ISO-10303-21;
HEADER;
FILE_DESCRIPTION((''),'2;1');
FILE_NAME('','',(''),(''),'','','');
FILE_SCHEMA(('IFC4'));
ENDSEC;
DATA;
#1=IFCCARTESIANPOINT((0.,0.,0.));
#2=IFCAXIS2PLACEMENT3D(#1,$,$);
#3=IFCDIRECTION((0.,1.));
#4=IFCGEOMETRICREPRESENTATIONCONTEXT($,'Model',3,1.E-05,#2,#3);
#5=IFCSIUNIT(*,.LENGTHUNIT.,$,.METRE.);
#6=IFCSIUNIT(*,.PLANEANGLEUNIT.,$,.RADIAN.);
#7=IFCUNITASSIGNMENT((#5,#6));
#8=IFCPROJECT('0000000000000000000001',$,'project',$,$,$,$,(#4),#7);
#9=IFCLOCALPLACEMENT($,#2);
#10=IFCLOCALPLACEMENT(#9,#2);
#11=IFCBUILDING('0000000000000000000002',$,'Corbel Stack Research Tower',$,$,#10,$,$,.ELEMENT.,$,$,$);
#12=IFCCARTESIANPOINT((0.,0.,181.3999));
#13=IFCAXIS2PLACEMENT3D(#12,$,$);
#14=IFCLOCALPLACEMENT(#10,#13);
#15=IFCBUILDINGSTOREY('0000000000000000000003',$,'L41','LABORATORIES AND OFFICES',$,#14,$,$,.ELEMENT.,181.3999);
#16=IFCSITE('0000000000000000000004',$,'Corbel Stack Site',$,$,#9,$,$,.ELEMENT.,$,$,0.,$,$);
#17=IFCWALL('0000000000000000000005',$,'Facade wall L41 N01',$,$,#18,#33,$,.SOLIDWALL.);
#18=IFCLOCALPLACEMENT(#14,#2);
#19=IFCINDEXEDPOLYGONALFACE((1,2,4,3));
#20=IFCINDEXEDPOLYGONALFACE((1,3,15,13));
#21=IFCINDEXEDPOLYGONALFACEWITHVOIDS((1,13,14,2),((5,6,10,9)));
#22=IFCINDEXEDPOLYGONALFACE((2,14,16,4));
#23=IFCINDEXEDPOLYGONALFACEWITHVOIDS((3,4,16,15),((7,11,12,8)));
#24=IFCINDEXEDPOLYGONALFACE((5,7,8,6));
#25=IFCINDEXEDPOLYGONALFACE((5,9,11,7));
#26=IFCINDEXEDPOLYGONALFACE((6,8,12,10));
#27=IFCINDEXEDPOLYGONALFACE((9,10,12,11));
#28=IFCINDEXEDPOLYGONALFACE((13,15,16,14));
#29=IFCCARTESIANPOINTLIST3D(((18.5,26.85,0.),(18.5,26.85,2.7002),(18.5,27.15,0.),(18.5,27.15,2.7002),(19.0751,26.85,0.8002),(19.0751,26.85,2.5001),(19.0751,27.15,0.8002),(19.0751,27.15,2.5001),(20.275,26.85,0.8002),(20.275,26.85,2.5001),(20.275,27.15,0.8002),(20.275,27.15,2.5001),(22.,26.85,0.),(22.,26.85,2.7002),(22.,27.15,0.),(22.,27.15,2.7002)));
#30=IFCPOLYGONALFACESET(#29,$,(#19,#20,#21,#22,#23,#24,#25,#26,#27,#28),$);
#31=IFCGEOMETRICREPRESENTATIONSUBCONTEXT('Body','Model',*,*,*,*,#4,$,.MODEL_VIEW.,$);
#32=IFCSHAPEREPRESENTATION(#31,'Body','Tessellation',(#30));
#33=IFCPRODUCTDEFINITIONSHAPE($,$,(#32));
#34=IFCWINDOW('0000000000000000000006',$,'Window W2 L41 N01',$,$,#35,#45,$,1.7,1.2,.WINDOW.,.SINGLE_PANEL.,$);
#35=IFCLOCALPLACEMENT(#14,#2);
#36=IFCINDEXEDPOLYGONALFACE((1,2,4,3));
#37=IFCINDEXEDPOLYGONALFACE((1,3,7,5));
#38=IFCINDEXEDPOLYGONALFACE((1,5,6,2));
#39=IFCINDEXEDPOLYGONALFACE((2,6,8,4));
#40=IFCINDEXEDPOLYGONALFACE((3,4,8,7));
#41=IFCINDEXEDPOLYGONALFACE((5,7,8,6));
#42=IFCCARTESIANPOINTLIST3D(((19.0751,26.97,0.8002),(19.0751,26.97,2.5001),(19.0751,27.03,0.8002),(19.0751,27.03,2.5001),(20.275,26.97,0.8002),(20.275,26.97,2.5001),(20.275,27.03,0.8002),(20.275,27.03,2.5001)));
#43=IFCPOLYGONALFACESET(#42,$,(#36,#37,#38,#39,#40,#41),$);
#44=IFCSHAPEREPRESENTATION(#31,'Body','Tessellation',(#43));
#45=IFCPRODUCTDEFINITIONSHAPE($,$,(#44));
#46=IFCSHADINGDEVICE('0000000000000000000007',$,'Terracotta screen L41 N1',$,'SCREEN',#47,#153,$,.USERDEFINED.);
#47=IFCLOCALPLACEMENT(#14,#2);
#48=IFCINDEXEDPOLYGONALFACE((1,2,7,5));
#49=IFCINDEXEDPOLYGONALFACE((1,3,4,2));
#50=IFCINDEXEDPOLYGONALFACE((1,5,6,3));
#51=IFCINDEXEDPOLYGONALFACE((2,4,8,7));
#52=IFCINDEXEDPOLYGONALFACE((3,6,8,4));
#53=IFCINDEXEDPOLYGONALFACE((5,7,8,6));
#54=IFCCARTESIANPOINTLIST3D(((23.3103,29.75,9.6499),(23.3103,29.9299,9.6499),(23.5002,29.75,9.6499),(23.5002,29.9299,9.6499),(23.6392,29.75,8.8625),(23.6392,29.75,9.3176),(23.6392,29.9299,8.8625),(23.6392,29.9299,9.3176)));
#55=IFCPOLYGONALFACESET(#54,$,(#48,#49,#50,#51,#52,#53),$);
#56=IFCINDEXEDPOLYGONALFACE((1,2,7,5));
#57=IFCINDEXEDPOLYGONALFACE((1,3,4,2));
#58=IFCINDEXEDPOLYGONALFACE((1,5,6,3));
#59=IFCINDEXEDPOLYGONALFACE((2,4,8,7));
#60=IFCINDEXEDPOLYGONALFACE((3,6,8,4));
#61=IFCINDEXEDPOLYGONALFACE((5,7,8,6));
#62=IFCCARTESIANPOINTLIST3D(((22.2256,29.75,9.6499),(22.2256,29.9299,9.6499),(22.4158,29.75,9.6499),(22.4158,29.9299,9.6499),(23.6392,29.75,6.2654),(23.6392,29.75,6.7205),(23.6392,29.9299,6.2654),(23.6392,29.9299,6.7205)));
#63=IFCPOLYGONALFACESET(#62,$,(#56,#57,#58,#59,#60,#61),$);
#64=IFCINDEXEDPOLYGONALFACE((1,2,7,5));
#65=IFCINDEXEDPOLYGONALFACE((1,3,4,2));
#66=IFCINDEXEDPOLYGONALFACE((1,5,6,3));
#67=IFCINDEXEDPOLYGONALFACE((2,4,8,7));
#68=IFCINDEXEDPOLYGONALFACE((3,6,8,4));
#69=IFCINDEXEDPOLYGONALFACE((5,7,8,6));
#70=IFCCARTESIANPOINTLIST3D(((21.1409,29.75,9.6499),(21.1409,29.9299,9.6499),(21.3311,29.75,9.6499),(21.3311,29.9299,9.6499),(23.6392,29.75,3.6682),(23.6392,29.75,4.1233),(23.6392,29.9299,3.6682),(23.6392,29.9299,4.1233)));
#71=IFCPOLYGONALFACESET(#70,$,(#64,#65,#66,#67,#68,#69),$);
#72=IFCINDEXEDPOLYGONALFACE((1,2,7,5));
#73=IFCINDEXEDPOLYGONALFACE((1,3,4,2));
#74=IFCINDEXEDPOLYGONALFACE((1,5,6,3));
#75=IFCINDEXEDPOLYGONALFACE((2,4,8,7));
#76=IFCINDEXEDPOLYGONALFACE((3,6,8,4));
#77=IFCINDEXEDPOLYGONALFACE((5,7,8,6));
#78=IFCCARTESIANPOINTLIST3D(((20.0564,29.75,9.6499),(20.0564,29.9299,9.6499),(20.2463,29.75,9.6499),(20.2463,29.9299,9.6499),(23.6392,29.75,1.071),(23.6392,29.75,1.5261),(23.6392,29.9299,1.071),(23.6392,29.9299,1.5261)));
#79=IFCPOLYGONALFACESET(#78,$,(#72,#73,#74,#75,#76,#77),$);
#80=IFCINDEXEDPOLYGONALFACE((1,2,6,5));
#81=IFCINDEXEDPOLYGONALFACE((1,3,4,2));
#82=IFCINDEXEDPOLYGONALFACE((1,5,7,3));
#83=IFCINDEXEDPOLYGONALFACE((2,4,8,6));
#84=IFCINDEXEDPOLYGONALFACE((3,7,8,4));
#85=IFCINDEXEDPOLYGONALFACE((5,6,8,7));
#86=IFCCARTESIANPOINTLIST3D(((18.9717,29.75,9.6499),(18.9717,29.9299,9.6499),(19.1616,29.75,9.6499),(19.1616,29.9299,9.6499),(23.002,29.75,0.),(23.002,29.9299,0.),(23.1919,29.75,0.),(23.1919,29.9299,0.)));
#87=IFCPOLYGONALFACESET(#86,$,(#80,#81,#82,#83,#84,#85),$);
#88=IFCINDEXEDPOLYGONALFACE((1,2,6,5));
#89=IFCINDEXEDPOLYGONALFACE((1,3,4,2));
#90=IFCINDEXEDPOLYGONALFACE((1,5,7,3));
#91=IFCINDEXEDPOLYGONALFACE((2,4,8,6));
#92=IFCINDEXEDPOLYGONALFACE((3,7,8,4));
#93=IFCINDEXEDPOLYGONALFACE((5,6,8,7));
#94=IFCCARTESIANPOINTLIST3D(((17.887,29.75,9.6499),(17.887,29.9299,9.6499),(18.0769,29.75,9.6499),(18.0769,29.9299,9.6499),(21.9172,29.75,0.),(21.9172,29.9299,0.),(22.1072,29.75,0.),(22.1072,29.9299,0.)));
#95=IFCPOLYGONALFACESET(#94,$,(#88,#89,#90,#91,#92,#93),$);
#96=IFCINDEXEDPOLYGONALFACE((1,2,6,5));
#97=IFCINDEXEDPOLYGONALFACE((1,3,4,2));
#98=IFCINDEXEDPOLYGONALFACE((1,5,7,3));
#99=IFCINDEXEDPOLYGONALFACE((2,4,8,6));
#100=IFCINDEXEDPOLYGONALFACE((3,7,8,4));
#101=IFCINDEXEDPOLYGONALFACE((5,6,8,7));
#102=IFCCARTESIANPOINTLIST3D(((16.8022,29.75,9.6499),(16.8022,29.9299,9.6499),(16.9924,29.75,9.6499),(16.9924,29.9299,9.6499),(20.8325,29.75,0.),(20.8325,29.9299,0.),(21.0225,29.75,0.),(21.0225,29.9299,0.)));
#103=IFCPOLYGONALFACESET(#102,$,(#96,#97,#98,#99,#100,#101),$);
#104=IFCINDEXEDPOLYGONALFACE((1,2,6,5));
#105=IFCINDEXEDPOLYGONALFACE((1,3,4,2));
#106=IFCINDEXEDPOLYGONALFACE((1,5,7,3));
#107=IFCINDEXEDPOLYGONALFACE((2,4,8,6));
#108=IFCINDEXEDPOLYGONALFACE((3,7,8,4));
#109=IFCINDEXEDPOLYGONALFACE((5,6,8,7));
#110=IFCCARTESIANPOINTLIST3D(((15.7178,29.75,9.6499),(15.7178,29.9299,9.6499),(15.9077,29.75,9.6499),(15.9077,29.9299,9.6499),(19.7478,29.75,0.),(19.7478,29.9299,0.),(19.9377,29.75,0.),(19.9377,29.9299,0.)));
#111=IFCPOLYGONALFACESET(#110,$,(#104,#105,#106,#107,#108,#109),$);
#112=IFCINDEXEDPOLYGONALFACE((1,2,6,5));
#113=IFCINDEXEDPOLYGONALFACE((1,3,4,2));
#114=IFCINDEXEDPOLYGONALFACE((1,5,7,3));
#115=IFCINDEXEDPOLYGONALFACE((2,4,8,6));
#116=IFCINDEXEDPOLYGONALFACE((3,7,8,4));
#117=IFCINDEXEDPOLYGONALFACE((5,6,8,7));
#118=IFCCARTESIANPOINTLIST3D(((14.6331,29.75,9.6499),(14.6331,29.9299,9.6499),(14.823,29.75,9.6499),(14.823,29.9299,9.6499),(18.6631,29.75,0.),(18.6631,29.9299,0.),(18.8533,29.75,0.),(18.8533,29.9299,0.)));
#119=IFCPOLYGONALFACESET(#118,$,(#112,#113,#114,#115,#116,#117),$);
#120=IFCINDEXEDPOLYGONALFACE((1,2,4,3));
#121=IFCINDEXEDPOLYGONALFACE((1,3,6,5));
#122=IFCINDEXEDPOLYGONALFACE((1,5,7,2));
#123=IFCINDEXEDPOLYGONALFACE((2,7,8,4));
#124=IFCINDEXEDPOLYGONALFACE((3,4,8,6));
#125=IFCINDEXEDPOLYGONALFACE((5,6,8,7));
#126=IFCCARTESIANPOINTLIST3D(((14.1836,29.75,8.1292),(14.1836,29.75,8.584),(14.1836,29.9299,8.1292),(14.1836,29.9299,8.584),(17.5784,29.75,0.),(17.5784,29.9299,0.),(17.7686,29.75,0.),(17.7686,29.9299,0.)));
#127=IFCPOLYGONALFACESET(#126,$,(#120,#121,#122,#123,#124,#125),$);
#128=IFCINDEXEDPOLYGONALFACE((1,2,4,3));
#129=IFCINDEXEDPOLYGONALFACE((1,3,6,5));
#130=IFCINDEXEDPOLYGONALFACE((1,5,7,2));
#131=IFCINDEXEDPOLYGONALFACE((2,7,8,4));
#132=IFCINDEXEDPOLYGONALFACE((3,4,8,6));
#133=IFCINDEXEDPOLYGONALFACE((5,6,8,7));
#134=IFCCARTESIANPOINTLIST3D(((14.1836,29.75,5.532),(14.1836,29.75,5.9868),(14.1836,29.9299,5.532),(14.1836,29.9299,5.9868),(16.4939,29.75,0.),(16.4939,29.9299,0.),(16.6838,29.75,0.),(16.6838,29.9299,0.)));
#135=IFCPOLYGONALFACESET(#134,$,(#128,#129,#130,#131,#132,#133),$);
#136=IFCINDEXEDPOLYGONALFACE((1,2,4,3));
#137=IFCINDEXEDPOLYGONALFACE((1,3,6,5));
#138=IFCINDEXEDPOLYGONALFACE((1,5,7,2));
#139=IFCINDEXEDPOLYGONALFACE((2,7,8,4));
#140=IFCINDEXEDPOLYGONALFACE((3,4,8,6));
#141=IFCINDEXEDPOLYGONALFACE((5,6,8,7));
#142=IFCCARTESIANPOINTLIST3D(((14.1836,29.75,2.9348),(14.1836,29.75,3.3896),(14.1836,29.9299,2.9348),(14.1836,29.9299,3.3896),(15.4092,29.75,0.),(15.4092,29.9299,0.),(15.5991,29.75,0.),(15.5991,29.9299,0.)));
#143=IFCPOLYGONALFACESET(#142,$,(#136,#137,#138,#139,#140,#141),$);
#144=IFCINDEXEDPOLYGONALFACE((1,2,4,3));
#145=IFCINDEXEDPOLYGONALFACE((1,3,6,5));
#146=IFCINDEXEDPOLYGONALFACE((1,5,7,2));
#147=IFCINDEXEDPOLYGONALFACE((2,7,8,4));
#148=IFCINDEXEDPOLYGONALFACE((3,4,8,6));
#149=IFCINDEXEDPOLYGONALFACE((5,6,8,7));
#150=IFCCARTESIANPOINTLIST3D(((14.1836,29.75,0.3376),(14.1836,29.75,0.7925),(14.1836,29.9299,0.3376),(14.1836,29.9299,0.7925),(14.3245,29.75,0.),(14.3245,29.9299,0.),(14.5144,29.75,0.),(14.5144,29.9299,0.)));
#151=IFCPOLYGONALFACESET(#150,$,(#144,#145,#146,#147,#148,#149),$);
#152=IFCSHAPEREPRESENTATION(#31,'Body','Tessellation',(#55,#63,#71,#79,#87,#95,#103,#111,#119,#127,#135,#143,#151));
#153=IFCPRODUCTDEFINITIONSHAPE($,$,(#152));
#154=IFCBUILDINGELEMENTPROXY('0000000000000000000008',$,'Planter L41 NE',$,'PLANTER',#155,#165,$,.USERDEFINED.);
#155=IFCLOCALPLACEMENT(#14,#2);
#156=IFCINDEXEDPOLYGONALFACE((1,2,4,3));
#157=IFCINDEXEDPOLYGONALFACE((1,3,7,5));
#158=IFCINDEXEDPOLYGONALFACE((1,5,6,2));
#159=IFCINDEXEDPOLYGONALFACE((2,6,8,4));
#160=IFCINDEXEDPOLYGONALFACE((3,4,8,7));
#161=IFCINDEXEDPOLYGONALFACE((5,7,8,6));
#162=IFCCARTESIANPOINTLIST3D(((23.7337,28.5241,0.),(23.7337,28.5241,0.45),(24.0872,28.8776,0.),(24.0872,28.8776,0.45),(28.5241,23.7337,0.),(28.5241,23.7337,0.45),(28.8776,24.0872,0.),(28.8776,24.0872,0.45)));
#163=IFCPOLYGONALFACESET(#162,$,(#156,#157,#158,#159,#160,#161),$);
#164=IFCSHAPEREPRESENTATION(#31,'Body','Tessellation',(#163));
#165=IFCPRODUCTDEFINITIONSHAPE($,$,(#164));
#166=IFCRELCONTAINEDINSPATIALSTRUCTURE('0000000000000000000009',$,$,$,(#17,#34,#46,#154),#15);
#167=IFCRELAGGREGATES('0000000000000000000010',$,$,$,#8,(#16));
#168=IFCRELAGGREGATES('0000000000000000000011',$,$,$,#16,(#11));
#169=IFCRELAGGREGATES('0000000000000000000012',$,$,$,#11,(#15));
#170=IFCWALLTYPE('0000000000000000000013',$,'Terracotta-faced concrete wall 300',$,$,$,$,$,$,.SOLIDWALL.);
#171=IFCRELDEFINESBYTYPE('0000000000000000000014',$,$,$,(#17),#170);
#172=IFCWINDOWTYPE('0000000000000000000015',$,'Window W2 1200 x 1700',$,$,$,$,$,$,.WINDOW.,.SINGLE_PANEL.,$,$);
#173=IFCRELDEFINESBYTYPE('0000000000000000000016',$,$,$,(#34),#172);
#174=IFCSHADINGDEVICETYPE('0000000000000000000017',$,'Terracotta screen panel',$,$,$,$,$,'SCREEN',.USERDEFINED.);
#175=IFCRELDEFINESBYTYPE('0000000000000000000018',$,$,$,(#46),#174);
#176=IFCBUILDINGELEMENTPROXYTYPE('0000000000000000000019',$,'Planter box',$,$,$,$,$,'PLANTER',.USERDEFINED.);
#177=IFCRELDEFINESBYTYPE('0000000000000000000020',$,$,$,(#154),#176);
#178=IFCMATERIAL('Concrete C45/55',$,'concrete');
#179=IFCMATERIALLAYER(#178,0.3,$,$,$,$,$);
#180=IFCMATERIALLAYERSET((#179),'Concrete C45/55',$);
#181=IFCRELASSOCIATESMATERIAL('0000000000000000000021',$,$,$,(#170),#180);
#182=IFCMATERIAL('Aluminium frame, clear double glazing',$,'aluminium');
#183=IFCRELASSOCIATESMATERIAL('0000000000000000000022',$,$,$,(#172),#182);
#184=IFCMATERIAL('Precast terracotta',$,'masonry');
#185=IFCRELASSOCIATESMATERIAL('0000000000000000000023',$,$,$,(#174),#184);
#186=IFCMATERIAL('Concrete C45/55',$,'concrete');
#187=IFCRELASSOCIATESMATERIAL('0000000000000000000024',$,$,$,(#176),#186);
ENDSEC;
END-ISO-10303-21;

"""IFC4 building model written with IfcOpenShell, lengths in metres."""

from ifc_helpers import new_model, si_unit, direction, frame, frame_2d, origin, origin_2d, place, context, subcontext, project, spatial, polyline, rectangle, outline, extrude, source, transform, mapped, material, layer, layer_set, type_object, element, fill, save


model = new_model("IFC4")

# Units and contexts
model_context = context("Model", 3, precision=1e-05, world=origin(), true_north=direction((0.0, 1.0)))
body_context = subcontext(model_context, "Body", "Model", "MODEL_VIEW")
ifc_project = project(units=[si_unit("LENGTHUNIT", "METRE"), si_unit("PLANEANGLEUNIT", "RADIAN")], contexts=[model_context])

# Site, building, storey
site_placement = place(None, origin())
site = spatial("IfcSite", under=ifc_project, at=site_placement, Name="Corbel Stack Site", CompositionType="ELEMENT", RefElevation=0.0)
building_placement = place(site_placement, origin())
building = spatial("IfcBuilding", under=site, at=building_placement, Name="Corbel Stack Research Tower", CompositionType="ELEMENT")
storey_placement = place(building_placement, frame((0.0, 0.0, 181.3999)))
storey = spatial("IfcBuildingStorey", under=building, at=storey_placement, Name="L41", Description="LABORATORIES AND OFFICES", CompositionType="ELEMENT", Elevation=181.3999)

# Shared definitions
ifc_material_1 = material(Name="Concrete C45/55", Category="concrete")
ifc_layer_1 = layer(ifc_material_1, 0.3)
ifc_layer_set_1 = layer_set([ifc_layer_1], Name="Concrete C45/55")
wall_type_1 = type_object("IfcWallType", Name="Terracotta-faced concrete wall 300", PredefinedType="SOLIDWALL", material=ifc_layer_set_1)

# Wall, opening, window
wall_1_placement = place(storey_placement, frame((18.5, 27.0, 0.0), z_axis=(0.0, 0.0, 1.0), x_axis=(1.0, 0.0, 0.0)))
wall_1 = element("IfcWall", 1, at=wall_1_placement, inside=storey, type_object=wall_type_1, Name="Facade wall L41 N01", PredefinedType="SOLIDWALL", context=body_context, shape_type="SweptSolid", body=[
    extrude(rectangle(XDim=3.5, YDim=0.3, at=frame_2d((1.75, 0.0))), origin(), (0.0, 0.0, 1.0), 2.7002),
])
opening_1_placement = place(wall_1_placement, frame((0.575, 0.0, 0.8)))
opening_1 = element("IfcOpeningElement", 2, at=opening_1_placement, cuts=wall_1, PredefinedType="OPENING", context=body_context, shape_type="SweptSolid", body=[
    extrude(rectangle(XDim=1.2, YDim=1.7, at=frame_2d((0.6001, 0.8501))), frame((0.0, 0.1599, 0.0), z_axis=(0.0, -1.0, 0.0), x_axis=(1.0, 0.0, 0.0)), (0.0, 0.0, 1.0), 0.3201),
])
ifc_material_2 = material(Name="Aluminium frame, clear double glazing", Category="aluminium")
window_type_1 = type_object("IfcWindowType", Name="Window W2 1200 x 1700", PartitioningType="SINGLE_PANEL", PredefinedType="WINDOW", material=ifc_material_2)
window_1_placement = place(opening_1_placement, origin())
window_1 = element("IfcWindow", 3, at=window_1_placement, inside=storey, type_object=window_type_1, Name="Window W2 L41 N01", OverallHeight=1.7, OverallWidth=1.2, PartitioningType="SINGLE_PANEL", PredefinedType="WINDOW", context=body_context, shape_type="SweptSolid", body=[
    extrude(rectangle(XDim=1.2, YDim=1.7, at=frame_2d((0.6001, 0.8501))), frame((0.0, 0.03, 0.0), z_axis=(0.0, -1.0, 0.0), x_axis=(1.0, 0.0, 0.0)), (0.0, 0.0, 1.0), 0.0601),
])
fill(opening_1, window_1)

# Shading device
ifc_material_3 = material(Name="Precast terracotta", Category="masonry")
shading_device_type = type_object("IfcShadingDeviceType", Name="Terracotta screen panel", ElementType="SCREEN", PredefinedType="USERDEFINED", material=ifc_material_3)
shared_shape_1 = source(origin(), body_context, "Body", "SweptSolid", [
    extrude(outline(polyline([(0.3289, 9.6499), (0.1389, 9.6499), (0.0, 9.3176), (0.0, 8.8625), (0.3289, 9.6499)])), frame((0.0, 0.0, 0.0), z_axis=(0.0, -1.0, 0.0), x_axis=(1.0, 0.0, 0.0)), (0.0, 0.0, 1.0), 0.1799),
    extrude(outline(polyline([(1.4136, 9.6499), (1.2234, 9.6499), (0.0, 6.7205), (0.0, 6.2654), (1.4136, 9.6499)])), frame((0.0, 0.0, 0.0), z_axis=(0.0, -1.0, 0.0), x_axis=(1.0, 0.0, 0.0)), (0.0, 0.0, 1.0), 0.1799),
    extrude(outline(polyline([(2.4983, 9.6499), (2.3081, 9.6499), (0.0, 4.1233), (0.0, 3.6682), (2.4983, 9.6499)])), frame((0.0, 0.0, 0.0), z_axis=(0.0, -1.0, 0.0), x_axis=(1.0, 0.0, 0.0)), (0.0, 0.0, 1.0), 0.1799),
    extrude(outline(polyline([(3.5828, 9.6499), (3.3928, 9.6499), (0.0, 1.5261), (0.0, 1.071), (3.5828, 9.6499)])), frame((0.0, 0.0, 0.0), z_axis=(0.0, -1.0, 0.0), x_axis=(1.0, 0.0, 0.0)), (0.0, 0.0, 1.0), 0.1799),
    extrude(outline(polyline([(0.6372, 0.0), (4.6675, 9.6499), (4.4775, 9.6499), (0.4473, 0.0), (0.6372, 0.0)])), frame((0.0, 0.0, 0.0), z_axis=(0.0, -1.0, 0.0), x_axis=(1.0, 0.0, 0.0)), (0.0, 0.0, 1.0), 0.1799),
    extrude(outline(polyline([(1.7219, 0.0), (5.7522, 9.6499), (5.5623, 9.6499), (1.532, 0.0), (1.7219, 0.0)])), frame((0.0, 0.0, 0.0), z_axis=(0.0, -1.0, 0.0), x_axis=(1.0, 0.0, 0.0)), (0.0, 0.0, 1.0), 0.1799),
    extrude(outline(polyline([(2.8066, 0.0), (6.8369, 9.6499), (6.6467, 9.6499), (2.6167, 0.0), (2.8066, 0.0)])), frame((0.0, 0.0, 0.0), z_axis=(0.0, -1.0, 0.0), x_axis=(1.0, 0.0, 0.0)), (0.0, 0.0, 1.0), 0.1799),
    extrude(outline(polyline([(3.8914, 0.0), (7.9214, 9.6499), (7.7314, 9.6499), (3.7014, 0.0), (3.8914, 0.0)])), frame((0.0, 0.0, 0.0), z_axis=(0.0, -1.0, 0.0), x_axis=(1.0, 0.0, 0.0)), (0.0, 0.0, 1.0), 0.1799),
    extrude(outline(polyline([(4.9761, 0.0), (9.0061, 9.6499), (8.8162, 9.6499), (4.7859, 0.0), (4.9761, 0.0)])), frame((0.0, 0.0, 0.0), z_axis=(0.0, -1.0, 0.0), x_axis=(1.0, 0.0, 0.0)), (0.0, 0.0, 1.0), 0.1799),
    extrude(outline(polyline([(6.0608, 0.0), (9.4556, 8.1292), (9.4556, 8.584), (5.8706, 0.0), (6.0608, 0.0)])), frame((0.0, 0.0, 0.0), z_axis=(0.0, -1.0, 0.0), x_axis=(1.0, 0.0, 0.0)), (0.0, 0.0, 1.0), 0.1799),
    extrude(outline(polyline([(7.1453, 0.0), (9.4556, 5.532), (9.4556, 5.9868), (6.9553, 0.0), (7.1453, 0.0)])), frame((0.0, 0.0, 0.0), z_axis=(0.0, -1.0, 0.0), x_axis=(1.0, 0.0, 0.0)), (0.0, 0.0, 1.0), 0.1799),
    extrude(outline(polyline([(8.23, 0.0), (9.4556, 2.9348), (9.4556, 3.3896), (8.04, 0.0), (8.23, 0.0)])), frame((0.0, 0.0, 0.0), z_axis=(0.0, -1.0, 0.0), x_axis=(1.0, 0.0, 0.0)), (0.0, 0.0, 1.0), 0.1799),
    extrude(outline(polyline([(9.3147, 0.0), (9.4556, 0.3376), (9.4556, 0.7925), (9.1248, 0.0), (9.3147, 0.0)])), frame((0.0, 0.0, 0.0), z_axis=(0.0, -1.0, 0.0), x_axis=(1.0, 0.0, 0.0)), (0.0, 0.0, 1.0), 0.1799),
])
shading_device_1_placement = place(storey_placement, frame((23.6392, 29.75, 0.0), z_axis=(0.0, 0.0, 1.0), x_axis=(-1.0, 0.0, 0.0)))
element("IfcShadingDevice", 4, at=shading_device_1_placement, inside=storey, type_object=shading_device_type, Name="Terracotta screen L41 N1", ObjectType="SCREEN", PredefinedType="USERDEFINED", context=body_context, shape_type="MappedRepresentation", body=[
    mapped(shared_shape_1, transform((0.0, 0.0, 0.0))),
])

# Building element proxy
ifc_material_4 = material(Name="Concrete C45/55", Category="concrete")
building_element_proxy_type = type_object("IfcBuildingElementProxyType", Name="Planter box", ElementType="PLANTER", PredefinedType="USERDEFINED", material=ifc_material_4)
proxy_placement = place(storey_placement, frame((26.3057, 26.3057, 0.0), z_axis=(0.0, 0.0, 1.0), x_axis=(-0.707107, 0.707107, 0.0)))
element("IfcBuildingElementProxy", 5, at=proxy_placement, inside=storey, type_object=building_element_proxy_type, Name="Planter L41 NE", ObjectType="PLANTER", PredefinedType="USERDEFINED", context=body_context, shape_type="SweptSolid", body=[
    extrude(rectangle(XDim=6.7747, YDim=0.5, at=origin_2d()), origin(), (0.0, 0.0, 1.0), 0.45),
])

save(model, "model.ifc")
